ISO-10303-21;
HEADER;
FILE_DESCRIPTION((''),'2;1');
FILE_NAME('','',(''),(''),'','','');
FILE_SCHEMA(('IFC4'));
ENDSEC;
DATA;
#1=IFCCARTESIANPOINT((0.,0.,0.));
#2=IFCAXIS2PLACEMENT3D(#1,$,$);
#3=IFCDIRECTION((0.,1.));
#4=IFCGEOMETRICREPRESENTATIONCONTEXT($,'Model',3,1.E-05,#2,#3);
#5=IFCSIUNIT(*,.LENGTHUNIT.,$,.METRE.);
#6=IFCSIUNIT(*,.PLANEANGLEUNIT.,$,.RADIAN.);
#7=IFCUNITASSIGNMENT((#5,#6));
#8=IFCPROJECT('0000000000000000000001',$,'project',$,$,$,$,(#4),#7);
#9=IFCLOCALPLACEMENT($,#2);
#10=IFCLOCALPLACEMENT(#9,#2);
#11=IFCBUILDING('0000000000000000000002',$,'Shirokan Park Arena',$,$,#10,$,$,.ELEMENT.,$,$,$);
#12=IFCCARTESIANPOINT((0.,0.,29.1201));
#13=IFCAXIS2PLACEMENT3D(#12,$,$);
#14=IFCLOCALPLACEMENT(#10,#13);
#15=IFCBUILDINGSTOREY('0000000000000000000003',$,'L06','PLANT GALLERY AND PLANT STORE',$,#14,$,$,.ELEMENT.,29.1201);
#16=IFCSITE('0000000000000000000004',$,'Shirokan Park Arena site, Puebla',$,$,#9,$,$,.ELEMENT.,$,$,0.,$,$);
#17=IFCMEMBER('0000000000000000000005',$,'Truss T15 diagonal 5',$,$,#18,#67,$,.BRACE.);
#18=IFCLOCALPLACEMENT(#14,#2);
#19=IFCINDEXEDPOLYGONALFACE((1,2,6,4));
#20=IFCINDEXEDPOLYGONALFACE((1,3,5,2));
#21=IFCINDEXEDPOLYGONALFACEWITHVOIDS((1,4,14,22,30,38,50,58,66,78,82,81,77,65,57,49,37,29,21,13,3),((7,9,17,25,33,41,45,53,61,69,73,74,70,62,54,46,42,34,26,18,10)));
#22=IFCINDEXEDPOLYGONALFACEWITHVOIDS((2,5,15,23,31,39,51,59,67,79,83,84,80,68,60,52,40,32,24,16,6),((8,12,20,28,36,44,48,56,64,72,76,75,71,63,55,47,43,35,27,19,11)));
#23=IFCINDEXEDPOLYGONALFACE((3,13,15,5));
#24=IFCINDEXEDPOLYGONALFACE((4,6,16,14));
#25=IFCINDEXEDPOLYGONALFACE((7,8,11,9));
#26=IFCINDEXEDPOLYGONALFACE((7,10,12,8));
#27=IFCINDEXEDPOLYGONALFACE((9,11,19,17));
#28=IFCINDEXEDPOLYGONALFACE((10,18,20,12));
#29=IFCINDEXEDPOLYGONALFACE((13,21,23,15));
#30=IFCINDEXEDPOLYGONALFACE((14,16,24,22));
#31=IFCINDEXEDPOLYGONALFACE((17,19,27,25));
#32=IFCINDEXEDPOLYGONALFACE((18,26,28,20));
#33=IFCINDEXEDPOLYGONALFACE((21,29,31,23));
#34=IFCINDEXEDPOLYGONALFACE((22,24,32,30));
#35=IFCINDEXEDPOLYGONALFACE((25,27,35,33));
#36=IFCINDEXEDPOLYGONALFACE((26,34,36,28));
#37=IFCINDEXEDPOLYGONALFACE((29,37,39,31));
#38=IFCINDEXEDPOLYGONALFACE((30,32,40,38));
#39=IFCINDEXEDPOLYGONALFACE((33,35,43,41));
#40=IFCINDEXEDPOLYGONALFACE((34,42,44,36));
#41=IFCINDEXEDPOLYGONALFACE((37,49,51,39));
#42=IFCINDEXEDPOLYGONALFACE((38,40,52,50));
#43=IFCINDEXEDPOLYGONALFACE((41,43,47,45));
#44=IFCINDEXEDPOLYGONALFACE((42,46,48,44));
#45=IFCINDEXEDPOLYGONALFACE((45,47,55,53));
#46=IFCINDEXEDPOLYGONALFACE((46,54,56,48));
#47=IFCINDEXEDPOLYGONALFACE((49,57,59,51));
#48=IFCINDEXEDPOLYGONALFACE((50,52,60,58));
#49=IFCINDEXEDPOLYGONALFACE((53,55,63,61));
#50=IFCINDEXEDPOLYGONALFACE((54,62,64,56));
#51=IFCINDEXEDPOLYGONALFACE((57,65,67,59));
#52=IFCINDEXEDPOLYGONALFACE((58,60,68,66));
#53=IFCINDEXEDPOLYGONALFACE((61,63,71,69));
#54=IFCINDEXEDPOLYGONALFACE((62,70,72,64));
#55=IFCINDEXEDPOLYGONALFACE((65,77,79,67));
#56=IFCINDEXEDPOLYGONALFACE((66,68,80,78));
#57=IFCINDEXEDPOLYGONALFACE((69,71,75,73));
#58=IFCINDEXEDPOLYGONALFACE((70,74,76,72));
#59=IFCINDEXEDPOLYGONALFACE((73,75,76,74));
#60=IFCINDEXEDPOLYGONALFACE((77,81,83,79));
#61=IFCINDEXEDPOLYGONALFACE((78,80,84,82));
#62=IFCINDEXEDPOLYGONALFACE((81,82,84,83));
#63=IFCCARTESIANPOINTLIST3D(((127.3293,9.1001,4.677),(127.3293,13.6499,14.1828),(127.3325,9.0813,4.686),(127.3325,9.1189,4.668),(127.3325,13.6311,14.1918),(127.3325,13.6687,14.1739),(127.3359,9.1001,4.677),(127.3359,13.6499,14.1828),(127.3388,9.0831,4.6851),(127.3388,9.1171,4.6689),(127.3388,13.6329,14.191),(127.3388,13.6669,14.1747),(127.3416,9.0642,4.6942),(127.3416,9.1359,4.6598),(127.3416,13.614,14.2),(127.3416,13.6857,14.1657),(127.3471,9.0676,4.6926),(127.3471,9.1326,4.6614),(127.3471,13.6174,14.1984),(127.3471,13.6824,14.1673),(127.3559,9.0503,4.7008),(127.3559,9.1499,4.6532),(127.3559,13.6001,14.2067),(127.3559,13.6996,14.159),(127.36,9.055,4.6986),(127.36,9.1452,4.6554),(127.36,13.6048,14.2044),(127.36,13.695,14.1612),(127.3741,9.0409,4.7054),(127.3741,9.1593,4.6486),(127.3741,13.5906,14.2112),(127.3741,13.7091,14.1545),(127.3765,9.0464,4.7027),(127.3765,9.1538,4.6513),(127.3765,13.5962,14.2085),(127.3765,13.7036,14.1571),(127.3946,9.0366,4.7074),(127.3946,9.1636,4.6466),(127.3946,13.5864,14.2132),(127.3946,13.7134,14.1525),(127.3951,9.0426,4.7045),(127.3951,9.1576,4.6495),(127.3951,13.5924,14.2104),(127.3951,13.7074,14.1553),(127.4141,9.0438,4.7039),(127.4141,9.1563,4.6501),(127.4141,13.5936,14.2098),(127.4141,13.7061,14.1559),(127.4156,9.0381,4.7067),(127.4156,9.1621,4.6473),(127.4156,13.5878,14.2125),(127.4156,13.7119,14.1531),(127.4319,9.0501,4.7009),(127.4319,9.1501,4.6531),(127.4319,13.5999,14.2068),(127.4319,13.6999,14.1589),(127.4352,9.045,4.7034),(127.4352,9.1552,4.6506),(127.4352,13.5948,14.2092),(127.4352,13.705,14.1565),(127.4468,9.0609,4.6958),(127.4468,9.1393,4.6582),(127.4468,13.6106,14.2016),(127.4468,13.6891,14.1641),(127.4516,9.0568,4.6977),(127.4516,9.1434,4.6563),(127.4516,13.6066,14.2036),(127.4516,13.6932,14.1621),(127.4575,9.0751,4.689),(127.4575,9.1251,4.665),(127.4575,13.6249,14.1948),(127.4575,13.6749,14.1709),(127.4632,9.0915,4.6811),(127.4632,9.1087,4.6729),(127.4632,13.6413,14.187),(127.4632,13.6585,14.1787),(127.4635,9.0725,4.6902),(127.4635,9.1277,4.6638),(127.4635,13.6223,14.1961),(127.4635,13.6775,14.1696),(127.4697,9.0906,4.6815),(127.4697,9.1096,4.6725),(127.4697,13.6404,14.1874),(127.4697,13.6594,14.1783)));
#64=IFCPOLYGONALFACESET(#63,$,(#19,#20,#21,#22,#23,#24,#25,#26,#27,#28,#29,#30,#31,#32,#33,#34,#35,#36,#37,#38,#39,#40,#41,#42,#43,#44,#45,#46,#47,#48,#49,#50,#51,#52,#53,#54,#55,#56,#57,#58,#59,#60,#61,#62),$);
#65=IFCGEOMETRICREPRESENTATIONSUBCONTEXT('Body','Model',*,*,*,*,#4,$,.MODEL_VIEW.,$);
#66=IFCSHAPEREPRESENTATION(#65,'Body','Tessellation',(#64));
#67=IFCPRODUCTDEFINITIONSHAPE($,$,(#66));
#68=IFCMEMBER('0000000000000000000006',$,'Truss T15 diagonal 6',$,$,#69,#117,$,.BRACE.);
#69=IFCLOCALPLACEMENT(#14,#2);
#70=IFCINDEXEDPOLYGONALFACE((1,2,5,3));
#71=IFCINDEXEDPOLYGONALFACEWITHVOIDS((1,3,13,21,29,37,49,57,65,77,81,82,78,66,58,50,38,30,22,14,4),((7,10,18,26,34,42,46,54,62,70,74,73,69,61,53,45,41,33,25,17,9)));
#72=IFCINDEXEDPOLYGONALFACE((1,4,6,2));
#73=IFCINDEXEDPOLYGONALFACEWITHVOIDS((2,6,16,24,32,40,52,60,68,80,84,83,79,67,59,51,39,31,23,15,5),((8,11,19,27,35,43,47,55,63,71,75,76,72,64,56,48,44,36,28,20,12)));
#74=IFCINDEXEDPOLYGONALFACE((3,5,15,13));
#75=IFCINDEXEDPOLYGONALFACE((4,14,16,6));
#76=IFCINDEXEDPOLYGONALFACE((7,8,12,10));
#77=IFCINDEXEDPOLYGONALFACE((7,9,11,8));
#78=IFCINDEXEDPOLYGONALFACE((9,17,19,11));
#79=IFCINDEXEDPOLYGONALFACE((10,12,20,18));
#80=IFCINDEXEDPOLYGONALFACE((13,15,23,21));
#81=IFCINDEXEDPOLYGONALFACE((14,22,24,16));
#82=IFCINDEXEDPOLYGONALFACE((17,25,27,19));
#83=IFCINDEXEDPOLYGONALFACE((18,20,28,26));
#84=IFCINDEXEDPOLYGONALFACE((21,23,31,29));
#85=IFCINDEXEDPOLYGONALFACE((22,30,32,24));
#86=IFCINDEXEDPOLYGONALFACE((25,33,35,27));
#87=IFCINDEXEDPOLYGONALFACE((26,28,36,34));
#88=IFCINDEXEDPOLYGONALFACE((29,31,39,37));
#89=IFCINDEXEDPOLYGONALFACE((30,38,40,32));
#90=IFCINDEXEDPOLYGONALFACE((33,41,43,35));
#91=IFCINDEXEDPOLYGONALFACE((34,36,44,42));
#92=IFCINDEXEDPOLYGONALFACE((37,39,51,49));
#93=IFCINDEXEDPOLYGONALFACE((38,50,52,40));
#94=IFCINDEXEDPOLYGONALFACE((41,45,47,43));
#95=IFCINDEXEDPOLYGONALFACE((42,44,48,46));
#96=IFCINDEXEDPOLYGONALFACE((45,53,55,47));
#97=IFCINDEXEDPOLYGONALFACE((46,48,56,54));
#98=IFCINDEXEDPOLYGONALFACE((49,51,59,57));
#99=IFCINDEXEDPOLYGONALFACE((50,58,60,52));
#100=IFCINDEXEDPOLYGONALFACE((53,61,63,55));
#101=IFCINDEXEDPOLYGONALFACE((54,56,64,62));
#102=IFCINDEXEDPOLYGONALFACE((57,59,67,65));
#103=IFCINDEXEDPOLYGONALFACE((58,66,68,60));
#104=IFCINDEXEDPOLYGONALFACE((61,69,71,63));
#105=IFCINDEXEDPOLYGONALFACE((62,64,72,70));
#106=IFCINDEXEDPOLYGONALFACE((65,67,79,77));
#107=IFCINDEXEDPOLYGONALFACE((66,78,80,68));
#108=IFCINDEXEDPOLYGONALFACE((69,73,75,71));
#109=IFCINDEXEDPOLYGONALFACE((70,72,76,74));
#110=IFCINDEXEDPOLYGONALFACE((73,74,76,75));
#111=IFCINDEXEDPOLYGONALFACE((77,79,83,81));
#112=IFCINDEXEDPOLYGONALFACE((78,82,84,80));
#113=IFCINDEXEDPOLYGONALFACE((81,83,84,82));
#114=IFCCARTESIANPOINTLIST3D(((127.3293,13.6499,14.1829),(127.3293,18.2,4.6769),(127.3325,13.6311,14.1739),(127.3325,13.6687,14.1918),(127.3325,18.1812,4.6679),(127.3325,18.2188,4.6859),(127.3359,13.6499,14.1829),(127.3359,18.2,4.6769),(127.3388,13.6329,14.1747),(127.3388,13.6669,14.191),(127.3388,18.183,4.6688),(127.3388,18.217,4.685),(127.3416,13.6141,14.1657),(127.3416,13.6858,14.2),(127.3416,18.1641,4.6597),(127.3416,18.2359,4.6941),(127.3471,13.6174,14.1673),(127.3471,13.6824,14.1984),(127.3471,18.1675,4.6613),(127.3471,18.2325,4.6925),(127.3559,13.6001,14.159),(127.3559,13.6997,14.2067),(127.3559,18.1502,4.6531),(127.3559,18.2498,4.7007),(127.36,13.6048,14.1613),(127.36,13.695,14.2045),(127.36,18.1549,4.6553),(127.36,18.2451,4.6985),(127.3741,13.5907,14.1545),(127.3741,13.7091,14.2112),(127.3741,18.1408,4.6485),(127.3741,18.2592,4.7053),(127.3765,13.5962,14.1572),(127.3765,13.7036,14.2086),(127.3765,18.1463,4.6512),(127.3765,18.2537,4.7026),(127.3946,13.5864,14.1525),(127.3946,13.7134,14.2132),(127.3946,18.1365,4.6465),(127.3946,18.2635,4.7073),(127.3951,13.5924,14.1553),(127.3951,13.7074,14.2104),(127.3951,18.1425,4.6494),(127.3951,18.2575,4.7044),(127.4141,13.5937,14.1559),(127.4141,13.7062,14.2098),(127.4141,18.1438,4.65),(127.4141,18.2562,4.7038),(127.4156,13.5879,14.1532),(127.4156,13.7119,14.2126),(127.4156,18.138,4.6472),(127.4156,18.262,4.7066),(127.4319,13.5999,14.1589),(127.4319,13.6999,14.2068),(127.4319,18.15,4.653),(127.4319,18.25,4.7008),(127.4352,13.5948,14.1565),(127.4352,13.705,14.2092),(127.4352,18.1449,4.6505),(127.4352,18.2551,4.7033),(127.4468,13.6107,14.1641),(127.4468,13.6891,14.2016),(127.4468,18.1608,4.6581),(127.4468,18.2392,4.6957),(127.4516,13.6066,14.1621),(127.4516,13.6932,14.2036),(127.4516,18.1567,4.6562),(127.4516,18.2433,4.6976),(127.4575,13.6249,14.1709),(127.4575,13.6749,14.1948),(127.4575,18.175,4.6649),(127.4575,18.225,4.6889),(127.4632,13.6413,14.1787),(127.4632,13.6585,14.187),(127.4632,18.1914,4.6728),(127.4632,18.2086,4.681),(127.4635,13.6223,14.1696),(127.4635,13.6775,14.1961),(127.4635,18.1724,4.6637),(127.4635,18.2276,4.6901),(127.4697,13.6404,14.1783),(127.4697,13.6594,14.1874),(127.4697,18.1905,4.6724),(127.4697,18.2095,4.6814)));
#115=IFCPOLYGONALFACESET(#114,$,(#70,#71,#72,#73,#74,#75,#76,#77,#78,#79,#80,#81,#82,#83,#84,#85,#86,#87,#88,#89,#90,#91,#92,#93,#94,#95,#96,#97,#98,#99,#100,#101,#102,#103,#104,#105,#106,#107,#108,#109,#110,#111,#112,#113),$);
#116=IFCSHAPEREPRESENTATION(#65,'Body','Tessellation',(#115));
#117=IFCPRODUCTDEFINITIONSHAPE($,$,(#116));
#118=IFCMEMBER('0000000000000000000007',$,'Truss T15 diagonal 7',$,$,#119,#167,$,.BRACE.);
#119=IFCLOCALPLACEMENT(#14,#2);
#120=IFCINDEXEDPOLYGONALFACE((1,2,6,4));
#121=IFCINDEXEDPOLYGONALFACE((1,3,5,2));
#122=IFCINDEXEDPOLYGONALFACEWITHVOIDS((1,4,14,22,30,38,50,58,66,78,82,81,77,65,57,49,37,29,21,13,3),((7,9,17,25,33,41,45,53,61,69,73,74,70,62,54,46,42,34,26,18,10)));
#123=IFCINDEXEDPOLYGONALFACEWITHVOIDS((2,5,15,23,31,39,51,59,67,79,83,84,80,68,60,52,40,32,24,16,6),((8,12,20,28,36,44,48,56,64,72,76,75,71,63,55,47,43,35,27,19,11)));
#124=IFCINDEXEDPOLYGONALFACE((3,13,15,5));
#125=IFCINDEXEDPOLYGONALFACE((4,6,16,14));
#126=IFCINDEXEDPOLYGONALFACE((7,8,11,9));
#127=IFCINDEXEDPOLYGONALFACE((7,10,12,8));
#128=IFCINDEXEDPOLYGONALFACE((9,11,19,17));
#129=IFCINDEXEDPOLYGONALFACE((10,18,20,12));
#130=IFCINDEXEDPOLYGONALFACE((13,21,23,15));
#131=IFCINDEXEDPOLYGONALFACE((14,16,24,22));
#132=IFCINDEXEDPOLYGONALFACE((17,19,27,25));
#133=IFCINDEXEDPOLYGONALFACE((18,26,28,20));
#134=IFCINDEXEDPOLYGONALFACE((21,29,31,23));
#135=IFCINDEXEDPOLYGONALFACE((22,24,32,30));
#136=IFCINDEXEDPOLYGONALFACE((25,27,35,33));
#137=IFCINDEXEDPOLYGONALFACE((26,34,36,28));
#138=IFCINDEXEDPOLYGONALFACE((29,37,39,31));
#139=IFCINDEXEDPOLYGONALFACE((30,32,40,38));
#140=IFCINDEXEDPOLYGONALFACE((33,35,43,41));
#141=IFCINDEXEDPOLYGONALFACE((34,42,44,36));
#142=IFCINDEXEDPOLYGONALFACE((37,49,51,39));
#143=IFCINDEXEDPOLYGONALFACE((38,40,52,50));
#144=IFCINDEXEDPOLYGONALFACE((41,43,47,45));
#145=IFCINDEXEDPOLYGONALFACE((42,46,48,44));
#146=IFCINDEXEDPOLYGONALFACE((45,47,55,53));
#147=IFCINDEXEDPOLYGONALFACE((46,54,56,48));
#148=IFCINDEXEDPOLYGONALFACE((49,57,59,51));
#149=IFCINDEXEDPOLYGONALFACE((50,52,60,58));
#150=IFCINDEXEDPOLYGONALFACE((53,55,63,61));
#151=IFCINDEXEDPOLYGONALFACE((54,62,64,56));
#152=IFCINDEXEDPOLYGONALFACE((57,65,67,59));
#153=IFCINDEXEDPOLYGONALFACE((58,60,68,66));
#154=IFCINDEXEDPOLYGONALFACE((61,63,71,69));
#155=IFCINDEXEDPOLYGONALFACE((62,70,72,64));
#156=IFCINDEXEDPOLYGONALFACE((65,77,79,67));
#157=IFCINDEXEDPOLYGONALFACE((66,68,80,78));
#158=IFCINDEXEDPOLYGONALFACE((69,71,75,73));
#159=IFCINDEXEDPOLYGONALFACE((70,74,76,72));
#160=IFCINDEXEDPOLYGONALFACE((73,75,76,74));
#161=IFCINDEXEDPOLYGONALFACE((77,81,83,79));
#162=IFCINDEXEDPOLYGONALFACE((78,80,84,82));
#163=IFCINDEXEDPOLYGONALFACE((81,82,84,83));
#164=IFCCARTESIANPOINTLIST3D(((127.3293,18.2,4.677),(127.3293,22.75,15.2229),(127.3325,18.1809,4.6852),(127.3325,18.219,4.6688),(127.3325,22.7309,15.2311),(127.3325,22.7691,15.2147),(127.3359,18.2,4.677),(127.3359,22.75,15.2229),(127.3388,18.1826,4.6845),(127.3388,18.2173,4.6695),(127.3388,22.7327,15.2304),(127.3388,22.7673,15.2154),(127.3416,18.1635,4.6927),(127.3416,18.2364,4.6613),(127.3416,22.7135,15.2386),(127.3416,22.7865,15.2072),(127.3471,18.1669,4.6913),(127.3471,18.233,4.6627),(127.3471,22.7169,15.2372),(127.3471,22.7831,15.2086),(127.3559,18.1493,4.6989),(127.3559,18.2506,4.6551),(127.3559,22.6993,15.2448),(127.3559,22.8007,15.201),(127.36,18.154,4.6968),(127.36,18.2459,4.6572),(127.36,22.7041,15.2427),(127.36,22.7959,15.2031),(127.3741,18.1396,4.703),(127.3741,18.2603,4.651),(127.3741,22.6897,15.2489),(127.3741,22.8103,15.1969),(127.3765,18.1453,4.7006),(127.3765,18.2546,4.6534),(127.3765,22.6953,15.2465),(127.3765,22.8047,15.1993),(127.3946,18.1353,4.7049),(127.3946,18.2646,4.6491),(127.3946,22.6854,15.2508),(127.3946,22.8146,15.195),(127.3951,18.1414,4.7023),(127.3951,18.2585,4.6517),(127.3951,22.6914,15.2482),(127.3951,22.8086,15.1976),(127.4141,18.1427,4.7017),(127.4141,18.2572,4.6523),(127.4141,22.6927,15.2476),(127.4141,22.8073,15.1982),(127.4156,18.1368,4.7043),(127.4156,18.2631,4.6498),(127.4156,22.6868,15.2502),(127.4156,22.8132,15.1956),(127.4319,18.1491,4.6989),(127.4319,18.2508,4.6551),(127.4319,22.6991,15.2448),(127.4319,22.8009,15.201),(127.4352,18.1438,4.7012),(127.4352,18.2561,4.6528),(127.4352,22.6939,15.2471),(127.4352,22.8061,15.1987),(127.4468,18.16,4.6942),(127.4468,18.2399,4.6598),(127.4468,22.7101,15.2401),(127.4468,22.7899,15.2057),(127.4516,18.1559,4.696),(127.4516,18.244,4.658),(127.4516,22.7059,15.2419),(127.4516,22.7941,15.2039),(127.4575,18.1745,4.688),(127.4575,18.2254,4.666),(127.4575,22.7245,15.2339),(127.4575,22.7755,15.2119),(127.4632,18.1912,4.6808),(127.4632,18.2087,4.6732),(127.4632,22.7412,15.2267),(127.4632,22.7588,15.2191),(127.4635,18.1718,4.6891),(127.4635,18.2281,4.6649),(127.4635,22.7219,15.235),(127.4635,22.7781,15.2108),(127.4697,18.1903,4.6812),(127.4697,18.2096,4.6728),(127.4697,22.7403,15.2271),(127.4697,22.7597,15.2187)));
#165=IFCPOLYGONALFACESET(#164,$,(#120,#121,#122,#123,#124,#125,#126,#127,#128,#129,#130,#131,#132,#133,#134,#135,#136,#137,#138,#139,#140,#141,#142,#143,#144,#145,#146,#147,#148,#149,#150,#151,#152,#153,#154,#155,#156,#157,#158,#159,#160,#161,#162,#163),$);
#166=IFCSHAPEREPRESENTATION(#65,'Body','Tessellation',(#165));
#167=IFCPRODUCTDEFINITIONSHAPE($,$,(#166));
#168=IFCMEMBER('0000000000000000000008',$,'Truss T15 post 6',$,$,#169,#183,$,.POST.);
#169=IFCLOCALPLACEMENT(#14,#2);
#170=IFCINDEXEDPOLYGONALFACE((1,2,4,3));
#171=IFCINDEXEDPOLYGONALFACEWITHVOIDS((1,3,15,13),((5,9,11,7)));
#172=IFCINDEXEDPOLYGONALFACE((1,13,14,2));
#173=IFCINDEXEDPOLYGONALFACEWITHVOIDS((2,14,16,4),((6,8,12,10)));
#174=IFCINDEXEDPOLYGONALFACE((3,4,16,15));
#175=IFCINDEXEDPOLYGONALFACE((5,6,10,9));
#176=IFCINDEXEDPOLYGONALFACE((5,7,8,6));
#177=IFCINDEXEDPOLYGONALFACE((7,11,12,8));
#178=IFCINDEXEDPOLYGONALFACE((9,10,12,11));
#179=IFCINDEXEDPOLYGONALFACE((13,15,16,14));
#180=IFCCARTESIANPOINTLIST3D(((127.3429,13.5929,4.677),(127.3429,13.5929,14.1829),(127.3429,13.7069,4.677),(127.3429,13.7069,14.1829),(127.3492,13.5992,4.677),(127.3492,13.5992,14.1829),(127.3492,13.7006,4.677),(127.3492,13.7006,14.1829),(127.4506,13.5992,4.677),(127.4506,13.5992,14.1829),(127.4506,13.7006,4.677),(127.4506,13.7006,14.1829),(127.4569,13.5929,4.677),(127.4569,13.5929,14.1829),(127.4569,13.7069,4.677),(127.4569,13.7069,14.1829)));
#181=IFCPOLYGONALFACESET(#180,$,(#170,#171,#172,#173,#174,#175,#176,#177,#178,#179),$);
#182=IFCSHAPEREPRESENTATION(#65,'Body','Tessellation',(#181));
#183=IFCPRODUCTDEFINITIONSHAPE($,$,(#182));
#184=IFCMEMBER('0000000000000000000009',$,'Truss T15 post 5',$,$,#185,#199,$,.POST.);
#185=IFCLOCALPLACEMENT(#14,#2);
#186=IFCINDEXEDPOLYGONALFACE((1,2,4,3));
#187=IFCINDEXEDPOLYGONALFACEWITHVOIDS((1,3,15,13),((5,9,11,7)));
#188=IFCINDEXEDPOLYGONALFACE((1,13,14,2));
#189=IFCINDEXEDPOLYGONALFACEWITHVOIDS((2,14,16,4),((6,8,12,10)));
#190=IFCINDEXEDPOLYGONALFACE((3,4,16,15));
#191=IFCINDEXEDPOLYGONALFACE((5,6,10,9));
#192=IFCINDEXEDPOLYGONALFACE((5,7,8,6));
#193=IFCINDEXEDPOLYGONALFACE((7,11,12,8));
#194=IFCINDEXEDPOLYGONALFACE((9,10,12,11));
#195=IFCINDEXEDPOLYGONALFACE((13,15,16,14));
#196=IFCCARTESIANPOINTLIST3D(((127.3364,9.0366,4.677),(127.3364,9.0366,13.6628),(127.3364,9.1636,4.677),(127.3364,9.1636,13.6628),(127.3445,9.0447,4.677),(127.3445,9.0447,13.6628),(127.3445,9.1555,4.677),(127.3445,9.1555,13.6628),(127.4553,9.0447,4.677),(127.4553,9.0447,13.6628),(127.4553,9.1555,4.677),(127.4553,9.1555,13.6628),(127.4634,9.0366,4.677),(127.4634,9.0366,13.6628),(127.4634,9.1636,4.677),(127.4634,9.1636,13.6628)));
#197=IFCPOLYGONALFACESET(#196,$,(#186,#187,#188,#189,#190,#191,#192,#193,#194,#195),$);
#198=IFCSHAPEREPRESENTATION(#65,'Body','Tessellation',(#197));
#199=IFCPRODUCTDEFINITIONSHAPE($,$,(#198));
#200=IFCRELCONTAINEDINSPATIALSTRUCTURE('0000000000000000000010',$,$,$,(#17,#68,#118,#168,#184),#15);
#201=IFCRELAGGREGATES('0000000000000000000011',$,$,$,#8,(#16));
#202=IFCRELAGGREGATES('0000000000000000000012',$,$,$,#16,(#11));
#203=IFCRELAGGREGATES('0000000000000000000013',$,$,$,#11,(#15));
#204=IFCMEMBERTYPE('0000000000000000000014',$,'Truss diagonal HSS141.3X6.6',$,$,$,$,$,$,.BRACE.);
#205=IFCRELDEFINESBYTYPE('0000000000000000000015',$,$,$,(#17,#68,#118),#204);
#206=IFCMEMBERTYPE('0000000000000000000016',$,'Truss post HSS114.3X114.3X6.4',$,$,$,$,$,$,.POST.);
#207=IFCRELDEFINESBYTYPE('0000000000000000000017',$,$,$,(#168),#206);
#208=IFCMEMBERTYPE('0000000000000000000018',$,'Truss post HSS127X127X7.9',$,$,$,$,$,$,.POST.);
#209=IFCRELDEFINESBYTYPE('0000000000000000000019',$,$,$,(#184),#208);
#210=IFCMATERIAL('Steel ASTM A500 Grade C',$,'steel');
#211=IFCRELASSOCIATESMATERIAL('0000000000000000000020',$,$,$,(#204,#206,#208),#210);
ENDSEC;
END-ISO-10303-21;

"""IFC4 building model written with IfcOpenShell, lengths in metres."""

from ifc_helpers import new_model, si_unit, direction, frame, origin, origin_2d, place, context, subcontext, project, spatial, hollow_rectangle, hollow_circle, extrude, material, material_profile, profile_set, type_object, element, save


model = new_model("IFC4")

# Units and contexts
model_context = context("Model", 3, precision=1e-05, world=origin(), true_north=direction((0.0, 1.0)))
body_context = subcontext(model_context, "Body", "Model", "MODEL_VIEW")
ifc_project = project(units=[si_unit("LENGTHUNIT", "METRE"), si_unit("PLANEANGLEUNIT", "RADIAN")], contexts=[model_context])

# Site, building, storey
site_placement = place(None, origin())
site = spatial("IfcSite", under=ifc_project, at=site_placement, Name="Shirokan Park Arena site, Puebla", CompositionType="ELEMENT", RefElevation=0.0)
building_placement = place(site_placement, origin())
building = spatial("IfcBuilding", under=site, at=building_placement, Name="Shirokan Park Arena", CompositionType="ELEMENT")
storey_placement = place(building_placement, frame((0.0, 0.0, 29.1201)))
storey = spatial("IfcBuildingStorey", under=building, at=storey_placement, Name="L06", Description="PLANT GALLERY AND PLANT STORE", CompositionType="ELEMENT", Elevation=29.1201)

# Members
ifc_material_1 = material(Name="Steel ASTM A500 Grade C", Category="steel")
ifc_material_profile_1 = material_profile(ifc_material_1, hollow_circle(Radius=0.0706, WallThickness=0.0066, at=origin_2d()), Name="HSS141.3X6.6")
ifc_profile_set_1 = profile_set([ifc_material_profile_1], Name="Steel ASTM A500 Grade C")
member_type_1 = type_object("IfcMemberType", Name="Truss diagonal HSS141.3X6.6", PredefinedType="BRACE", material=ifc_profile_set_1)
member_1_placement = place(storey_placement, frame((127.3999, 9.1001, 4.677), z_axis=(0.0, 0.431728, 0.902004), x_axis=(-1.0, 0.0, 0.0)))
element("IfcMember", 1, at=member_1_placement, inside=storey, type_object=member_type_1, Name="Truss T15 diagonal 5", PredefinedType="BRACE", context=body_context, shape_type="SweptSolid", body=[
    extrude(hollow_circle(Radius=0.0706, WallThickness=0.0066, at=origin_2d()), origin(), (0.0, 0.0, 1.0), 10.5386),
])
member_2_placement = place(storey_placement, frame((127.3999, 13.6499, 14.1829), z_axis=(0.0, 0.431746, -0.901995), x_axis=(-1.0, 0.0, 0.0)))
element("IfcMember", 2, at=member_2_placement, inside=storey, type_object=member_type_1, Name="Truss T15 diagonal 6", PredefinedType="BRACE", context=body_context, shape_type="SweptSolid", body=[
    extrude(hollow_circle(Radius=0.0706, WallThickness=0.0066, at=origin_2d()), origin(), (0.0, 0.0, 1.0), 10.5388),
])
member_3_placement = place(storey_placement, frame((127.3999, 18.2, 4.677), z_axis=(0.0, 0.396153, 0.918185), x_axis=(-1.0, 0.0, 0.0)))
element("IfcMember", 3, at=member_3_placement, inside=storey, type_object=member_type_1, Name="Truss T15 diagonal 7", PredefinedType="BRACE", context=body_context, shape_type="SweptSolid", body=[
    extrude(hollow_circle(Radius=0.0706, WallThickness=0.0066, at=origin_2d()), origin(), (0.0, 0.0, 1.0), 11.4856),
])
ifc_material_profile_2 = material_profile(ifc_material_1, hollow_rectangle(XDim=0.114, YDim=0.114, WallThickness=0.0063, at=origin_2d()), Name="HSS114.3X114.3X6.4")
ifc_profile_set_2 = profile_set([ifc_material_profile_2], Name="Steel ASTM A500 Grade C")
member_type_2 = type_object("IfcMemberType", Name="Truss post HSS114.3X114.3X6.4", PredefinedType="POST", material=ifc_profile_set_2)
member_4_placement = place(storey_placement, frame((127.3999, 13.6499, 4.677), z_axis=(0.0, 0.0, 1.0), x_axis=(1.0, 0.0, 0.0)))
element("IfcMember", 4, at=member_4_placement, inside=storey, type_object=member_type_2, Name="Truss T15 post 6", PredefinedType="POST", context=body_context, shape_type="SweptSolid", body=[
    extrude(hollow_rectangle(XDim=0.114, YDim=0.114, WallThickness=0.0063, at=origin_2d()), origin(), (0.0, 0.0, 1.0), 9.5059),
])
ifc_material_profile_3 = material_profile(ifc_material_1, hollow_rectangle(XDim=0.127, YDim=0.127, WallThickness=0.0081, at=origin_2d()), Name="HSS127X127X7.9")
ifc_profile_set_3 = profile_set([ifc_material_profile_3], Name="Steel ASTM A500 Grade C")
member_type_3 = type_object("IfcMemberType", Name="Truss post HSS127X127X7.9", PredefinedType="POST", material=ifc_profile_set_3)
member_5_placement = place(storey_placement, frame((127.3999, 9.1001, 4.677), z_axis=(0.0, 0.0, 1.0), x_axis=(1.0, 0.0, 0.0)))
element("IfcMember", 5, at=member_5_placement, inside=storey, type_object=member_type_3, Name="Truss T15 post 5", PredefinedType="POST", context=body_context, shape_type="SweptSolid", body=[
    extrude(hollow_rectangle(XDim=0.127, YDim=0.127, WallThickness=0.0081, at=origin_2d()), origin(), (0.0, 0.0, 1.0), 8.9858),
])

save(model, "model.ifc")
